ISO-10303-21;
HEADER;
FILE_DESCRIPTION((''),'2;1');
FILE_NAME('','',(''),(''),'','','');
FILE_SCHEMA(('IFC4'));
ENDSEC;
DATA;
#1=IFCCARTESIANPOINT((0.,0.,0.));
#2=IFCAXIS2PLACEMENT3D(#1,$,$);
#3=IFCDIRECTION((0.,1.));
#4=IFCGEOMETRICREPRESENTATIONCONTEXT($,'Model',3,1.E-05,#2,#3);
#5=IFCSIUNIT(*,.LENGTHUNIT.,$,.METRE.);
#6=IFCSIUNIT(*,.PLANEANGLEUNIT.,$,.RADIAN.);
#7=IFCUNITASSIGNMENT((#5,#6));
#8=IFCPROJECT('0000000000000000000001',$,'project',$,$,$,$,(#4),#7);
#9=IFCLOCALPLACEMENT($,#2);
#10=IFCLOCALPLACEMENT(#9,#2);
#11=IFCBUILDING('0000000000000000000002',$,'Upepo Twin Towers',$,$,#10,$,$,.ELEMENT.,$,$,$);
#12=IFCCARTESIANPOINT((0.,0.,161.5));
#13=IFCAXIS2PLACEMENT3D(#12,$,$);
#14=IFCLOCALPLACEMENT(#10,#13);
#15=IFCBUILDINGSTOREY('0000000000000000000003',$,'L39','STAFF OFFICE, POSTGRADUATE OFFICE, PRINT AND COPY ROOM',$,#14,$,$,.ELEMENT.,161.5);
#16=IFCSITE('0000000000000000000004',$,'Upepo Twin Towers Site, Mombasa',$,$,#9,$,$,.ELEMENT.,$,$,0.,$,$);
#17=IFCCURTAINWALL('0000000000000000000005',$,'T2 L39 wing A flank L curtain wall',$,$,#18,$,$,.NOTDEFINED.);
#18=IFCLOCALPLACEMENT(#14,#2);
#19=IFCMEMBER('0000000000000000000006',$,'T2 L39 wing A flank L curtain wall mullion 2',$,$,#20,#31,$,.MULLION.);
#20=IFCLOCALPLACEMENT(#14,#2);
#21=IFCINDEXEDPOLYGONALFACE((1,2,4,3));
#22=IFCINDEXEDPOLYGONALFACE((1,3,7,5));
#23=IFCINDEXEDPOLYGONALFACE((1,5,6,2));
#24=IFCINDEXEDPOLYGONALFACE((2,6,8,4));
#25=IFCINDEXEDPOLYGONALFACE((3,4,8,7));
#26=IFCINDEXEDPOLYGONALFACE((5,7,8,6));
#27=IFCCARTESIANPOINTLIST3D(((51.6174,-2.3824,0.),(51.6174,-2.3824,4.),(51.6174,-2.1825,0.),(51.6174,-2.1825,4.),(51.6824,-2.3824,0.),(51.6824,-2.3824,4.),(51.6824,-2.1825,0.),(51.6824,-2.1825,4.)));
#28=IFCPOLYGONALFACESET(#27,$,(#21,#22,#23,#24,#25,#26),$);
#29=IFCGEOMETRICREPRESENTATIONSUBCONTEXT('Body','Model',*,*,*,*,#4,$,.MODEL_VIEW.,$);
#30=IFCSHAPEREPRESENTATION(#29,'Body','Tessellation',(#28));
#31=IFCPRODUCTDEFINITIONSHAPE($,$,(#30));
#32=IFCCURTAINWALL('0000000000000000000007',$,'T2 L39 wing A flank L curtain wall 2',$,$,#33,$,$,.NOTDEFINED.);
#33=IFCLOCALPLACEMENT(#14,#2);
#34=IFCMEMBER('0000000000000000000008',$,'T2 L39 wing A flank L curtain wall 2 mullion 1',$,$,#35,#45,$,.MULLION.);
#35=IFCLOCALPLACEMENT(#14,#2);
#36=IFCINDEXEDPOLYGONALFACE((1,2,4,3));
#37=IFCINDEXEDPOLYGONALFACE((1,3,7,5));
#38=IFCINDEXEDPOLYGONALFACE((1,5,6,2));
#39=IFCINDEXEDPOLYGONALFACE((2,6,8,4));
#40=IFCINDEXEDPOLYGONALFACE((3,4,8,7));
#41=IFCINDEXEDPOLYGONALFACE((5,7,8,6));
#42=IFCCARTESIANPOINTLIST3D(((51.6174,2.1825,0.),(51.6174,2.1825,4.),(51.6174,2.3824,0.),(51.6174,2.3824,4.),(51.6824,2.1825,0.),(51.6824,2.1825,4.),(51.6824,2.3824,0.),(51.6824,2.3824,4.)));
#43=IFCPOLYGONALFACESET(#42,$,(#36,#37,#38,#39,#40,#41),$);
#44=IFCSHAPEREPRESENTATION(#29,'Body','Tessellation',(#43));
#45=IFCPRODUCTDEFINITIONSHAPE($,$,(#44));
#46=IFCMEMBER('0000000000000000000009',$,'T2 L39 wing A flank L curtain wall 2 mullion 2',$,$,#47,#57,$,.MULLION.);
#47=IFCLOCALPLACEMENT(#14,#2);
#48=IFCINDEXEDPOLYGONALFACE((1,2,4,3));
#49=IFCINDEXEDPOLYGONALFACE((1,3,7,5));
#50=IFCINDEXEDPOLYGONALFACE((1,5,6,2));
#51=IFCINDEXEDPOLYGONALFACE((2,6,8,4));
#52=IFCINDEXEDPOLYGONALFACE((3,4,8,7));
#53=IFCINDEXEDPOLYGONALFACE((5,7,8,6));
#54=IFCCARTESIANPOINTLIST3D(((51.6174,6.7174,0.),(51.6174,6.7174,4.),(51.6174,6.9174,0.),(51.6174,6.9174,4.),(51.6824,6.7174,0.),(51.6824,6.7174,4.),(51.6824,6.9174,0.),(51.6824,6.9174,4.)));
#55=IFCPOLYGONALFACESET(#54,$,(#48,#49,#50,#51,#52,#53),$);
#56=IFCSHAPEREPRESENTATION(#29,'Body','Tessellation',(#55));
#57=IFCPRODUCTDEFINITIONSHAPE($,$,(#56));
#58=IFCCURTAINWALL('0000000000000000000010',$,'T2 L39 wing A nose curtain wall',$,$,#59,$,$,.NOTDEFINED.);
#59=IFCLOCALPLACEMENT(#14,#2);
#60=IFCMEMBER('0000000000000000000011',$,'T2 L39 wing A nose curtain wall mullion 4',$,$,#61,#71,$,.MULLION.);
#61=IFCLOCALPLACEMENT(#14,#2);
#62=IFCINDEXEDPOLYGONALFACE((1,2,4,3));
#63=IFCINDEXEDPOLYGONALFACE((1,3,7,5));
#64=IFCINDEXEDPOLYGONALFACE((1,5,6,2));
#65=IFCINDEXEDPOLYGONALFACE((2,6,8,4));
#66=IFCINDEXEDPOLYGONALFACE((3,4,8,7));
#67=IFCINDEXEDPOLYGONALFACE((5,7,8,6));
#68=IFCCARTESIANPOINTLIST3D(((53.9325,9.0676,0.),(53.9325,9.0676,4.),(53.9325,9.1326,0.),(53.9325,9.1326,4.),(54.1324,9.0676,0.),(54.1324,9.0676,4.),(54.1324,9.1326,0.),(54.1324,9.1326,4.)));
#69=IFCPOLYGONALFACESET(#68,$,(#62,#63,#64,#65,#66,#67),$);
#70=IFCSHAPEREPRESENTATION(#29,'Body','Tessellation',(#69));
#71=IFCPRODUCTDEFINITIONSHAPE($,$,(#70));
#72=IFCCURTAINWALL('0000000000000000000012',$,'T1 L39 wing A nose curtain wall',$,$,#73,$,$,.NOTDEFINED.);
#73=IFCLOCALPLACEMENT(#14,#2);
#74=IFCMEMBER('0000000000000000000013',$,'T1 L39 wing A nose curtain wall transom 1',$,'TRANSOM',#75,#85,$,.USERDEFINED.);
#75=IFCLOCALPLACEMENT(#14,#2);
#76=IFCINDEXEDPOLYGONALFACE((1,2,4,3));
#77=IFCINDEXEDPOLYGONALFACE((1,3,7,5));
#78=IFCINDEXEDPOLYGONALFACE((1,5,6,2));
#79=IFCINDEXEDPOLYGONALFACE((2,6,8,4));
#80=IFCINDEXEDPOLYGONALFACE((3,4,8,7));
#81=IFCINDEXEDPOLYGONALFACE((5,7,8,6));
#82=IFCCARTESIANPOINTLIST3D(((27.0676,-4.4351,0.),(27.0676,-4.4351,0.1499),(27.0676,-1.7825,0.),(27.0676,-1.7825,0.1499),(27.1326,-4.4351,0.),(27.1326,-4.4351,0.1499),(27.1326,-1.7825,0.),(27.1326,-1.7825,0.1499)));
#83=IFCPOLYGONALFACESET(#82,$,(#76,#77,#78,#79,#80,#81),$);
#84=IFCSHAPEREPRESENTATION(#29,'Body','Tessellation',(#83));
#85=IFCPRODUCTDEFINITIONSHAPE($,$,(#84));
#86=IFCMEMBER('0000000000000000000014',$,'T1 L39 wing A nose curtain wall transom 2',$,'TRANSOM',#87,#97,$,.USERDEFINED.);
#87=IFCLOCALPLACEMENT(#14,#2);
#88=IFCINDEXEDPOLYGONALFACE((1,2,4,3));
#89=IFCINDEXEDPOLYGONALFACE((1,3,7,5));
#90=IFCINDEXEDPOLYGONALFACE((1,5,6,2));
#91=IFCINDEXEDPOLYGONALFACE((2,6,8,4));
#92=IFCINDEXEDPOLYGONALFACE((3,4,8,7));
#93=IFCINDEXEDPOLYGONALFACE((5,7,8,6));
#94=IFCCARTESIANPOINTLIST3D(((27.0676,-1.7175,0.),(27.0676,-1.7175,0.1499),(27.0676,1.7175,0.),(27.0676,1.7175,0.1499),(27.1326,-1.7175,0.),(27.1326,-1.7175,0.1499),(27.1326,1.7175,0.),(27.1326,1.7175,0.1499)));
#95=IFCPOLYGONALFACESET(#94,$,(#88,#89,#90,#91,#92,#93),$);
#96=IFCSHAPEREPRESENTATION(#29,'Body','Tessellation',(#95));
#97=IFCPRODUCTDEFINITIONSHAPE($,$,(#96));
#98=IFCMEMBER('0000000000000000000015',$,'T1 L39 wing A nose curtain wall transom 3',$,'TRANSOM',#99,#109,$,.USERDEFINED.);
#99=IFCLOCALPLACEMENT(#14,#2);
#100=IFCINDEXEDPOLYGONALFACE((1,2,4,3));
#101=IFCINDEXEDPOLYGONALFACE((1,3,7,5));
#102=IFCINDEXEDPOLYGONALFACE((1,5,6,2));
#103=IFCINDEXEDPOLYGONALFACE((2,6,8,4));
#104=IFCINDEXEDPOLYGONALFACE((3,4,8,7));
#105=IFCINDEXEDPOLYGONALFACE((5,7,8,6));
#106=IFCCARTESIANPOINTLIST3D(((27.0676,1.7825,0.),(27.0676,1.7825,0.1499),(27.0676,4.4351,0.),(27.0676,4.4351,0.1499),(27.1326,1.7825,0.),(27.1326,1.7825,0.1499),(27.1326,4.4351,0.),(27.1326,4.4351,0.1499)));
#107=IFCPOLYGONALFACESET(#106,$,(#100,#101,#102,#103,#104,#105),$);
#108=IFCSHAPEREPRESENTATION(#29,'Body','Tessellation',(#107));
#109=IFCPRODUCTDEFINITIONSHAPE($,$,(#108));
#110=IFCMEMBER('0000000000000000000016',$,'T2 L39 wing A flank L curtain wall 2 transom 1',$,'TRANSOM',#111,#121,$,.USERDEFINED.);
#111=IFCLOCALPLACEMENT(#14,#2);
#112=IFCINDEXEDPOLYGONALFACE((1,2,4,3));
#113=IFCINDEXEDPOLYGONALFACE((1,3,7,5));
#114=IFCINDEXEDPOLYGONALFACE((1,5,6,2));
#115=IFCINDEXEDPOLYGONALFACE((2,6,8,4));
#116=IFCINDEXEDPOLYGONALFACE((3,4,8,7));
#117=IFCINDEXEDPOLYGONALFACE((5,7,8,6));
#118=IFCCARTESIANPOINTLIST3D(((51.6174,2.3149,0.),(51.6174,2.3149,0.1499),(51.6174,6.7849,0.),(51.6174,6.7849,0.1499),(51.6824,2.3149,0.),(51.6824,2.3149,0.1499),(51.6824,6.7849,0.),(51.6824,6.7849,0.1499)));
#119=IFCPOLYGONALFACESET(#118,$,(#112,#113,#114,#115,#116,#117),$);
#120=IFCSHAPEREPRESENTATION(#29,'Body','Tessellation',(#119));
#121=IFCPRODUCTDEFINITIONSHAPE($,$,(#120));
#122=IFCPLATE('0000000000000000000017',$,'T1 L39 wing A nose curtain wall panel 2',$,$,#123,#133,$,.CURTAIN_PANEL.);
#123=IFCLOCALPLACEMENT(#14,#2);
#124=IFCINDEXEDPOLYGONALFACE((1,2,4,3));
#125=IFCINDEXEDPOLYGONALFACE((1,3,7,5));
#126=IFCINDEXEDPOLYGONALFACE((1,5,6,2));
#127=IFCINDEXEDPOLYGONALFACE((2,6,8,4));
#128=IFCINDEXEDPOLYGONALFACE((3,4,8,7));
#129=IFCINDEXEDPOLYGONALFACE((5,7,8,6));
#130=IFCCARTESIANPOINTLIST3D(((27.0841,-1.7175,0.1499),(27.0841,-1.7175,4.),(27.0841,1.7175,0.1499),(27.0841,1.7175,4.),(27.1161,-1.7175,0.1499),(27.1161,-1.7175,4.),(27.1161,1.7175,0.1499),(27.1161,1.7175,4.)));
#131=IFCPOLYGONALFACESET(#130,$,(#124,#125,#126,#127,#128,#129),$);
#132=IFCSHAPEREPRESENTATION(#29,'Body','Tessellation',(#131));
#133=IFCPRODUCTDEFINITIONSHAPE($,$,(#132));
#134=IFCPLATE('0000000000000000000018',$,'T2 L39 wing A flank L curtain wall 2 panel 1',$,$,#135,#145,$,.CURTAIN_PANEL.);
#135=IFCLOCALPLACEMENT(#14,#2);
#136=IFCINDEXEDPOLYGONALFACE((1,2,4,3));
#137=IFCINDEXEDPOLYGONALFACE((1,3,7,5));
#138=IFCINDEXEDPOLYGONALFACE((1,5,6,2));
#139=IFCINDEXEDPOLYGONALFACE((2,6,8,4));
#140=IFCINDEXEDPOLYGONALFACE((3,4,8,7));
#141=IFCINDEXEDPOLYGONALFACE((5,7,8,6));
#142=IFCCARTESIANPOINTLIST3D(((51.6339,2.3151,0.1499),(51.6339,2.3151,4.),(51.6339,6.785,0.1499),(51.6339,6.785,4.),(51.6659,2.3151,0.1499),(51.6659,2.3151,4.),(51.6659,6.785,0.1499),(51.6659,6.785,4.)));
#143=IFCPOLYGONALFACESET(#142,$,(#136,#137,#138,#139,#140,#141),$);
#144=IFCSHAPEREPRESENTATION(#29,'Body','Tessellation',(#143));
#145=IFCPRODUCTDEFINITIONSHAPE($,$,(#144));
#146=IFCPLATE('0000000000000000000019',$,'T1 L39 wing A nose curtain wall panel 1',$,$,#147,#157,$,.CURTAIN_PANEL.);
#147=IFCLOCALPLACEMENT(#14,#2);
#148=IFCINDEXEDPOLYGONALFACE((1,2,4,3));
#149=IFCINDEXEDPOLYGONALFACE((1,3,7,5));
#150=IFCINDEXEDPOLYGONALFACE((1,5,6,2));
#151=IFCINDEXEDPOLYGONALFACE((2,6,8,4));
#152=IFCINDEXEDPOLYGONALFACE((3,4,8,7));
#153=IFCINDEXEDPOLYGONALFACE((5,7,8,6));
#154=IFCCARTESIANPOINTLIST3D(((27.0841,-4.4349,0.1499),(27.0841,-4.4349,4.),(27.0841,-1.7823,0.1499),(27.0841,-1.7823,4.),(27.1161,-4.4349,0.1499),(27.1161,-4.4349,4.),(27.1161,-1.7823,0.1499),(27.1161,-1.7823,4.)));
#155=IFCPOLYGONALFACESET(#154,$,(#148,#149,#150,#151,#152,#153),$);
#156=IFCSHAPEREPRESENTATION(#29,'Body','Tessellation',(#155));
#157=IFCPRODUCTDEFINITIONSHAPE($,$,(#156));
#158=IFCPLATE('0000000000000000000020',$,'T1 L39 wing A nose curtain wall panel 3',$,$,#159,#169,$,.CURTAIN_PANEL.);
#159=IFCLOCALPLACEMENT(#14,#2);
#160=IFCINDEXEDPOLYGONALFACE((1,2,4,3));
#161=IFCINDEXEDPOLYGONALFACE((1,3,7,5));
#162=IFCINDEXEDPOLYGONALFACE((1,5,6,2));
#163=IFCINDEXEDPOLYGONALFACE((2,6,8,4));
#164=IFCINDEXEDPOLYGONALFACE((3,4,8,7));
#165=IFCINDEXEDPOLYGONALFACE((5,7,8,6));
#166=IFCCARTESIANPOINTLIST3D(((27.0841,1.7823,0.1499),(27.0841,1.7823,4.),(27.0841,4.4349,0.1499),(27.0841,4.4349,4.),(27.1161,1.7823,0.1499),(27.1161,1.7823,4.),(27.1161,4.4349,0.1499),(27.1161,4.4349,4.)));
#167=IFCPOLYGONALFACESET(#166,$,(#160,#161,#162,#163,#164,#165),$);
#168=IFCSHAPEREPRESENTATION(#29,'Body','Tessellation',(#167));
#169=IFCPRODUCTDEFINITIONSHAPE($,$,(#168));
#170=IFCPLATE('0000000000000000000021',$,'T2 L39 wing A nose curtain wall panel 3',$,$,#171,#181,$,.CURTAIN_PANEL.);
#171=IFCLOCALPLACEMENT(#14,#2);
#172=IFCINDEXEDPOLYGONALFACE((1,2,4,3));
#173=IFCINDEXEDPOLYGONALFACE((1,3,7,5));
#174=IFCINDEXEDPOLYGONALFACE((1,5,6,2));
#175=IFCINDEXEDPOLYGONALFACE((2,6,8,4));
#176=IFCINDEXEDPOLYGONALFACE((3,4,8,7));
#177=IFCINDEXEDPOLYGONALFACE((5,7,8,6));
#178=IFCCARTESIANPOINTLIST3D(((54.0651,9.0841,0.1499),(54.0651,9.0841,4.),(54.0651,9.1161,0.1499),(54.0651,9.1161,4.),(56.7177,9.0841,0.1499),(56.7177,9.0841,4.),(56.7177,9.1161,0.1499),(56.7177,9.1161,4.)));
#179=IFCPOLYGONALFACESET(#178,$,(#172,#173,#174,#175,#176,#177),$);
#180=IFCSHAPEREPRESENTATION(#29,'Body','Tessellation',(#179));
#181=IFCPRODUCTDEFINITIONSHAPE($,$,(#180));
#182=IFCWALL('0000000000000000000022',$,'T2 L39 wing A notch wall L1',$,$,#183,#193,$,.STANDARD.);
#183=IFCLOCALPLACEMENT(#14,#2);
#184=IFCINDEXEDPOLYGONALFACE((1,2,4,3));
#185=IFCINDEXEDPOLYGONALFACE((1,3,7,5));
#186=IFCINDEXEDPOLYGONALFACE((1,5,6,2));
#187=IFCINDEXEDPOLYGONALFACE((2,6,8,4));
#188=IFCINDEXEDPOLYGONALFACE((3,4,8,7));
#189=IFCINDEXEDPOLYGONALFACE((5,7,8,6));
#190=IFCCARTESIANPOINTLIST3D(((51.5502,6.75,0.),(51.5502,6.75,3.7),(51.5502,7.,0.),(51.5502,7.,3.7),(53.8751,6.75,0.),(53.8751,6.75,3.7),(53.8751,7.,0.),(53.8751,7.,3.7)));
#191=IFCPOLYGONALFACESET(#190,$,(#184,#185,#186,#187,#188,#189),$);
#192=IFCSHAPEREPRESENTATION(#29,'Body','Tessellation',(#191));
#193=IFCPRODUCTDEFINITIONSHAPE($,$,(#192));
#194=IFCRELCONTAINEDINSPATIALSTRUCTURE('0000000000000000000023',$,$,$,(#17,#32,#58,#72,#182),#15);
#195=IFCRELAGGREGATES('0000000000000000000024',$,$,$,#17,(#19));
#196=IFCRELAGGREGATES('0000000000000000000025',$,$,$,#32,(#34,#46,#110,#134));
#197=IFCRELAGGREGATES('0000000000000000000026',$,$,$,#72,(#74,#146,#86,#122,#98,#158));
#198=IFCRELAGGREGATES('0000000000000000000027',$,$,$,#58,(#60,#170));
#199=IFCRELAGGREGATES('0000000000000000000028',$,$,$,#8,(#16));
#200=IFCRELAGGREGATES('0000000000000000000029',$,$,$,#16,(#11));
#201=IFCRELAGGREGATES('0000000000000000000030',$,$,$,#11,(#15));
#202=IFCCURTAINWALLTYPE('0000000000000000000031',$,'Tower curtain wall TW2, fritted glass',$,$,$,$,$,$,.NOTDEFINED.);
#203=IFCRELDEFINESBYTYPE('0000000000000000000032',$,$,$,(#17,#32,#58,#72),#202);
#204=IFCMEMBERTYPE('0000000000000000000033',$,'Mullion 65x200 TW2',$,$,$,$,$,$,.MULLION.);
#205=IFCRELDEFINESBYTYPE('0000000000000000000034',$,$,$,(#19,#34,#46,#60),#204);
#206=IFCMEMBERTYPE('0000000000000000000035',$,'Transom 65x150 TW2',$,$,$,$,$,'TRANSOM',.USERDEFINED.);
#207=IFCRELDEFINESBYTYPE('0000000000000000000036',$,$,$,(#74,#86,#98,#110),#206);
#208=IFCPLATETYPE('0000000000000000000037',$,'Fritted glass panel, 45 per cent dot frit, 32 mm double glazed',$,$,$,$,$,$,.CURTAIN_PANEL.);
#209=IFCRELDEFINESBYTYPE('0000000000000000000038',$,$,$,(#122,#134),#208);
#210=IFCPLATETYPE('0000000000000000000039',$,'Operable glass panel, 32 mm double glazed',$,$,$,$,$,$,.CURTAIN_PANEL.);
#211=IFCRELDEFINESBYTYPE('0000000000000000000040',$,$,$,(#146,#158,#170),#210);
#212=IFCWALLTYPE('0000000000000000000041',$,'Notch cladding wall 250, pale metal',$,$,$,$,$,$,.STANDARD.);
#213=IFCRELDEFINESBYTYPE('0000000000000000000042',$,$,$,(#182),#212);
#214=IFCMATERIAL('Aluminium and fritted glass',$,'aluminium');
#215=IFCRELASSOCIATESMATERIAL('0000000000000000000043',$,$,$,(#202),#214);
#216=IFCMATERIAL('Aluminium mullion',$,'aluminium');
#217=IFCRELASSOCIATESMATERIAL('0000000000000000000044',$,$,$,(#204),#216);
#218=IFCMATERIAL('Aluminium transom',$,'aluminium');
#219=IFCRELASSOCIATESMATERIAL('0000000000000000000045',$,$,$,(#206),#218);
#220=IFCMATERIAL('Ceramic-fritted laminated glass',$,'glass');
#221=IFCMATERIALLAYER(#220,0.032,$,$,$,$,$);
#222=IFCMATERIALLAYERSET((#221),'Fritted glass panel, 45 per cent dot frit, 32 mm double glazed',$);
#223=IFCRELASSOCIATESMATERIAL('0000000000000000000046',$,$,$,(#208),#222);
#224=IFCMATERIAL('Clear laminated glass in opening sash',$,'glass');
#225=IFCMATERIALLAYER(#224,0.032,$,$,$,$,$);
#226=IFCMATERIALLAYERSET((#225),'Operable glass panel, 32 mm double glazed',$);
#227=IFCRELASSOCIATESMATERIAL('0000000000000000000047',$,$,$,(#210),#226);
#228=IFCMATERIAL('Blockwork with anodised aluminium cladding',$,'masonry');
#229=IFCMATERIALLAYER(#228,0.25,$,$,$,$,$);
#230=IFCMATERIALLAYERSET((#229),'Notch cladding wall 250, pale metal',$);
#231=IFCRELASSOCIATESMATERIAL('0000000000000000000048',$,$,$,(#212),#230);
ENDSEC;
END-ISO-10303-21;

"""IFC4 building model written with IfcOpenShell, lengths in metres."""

from ifc_helpers import new_model, si_unit, direction, frame, frame_2d, origin, origin_2d, place, context, subcontext, project, spatial, rectangle, extrude, material, layer, layer_set, material_profile, profile_set, type_object, element, aggregate, save


model = new_model("IFC4")

# Units and contexts
model_context = context("Model", 3, precision=1e-05, world=origin(), true_north=direction((0.0, 1.0)))
body_context = subcontext(model_context, "Body", "Model", "MODEL_VIEW")
ifc_project = project(units=[si_unit("LENGTHUNIT", "METRE"), si_unit("PLANEANGLEUNIT", "RADIAN")], contexts=[model_context])

# Site, building, storey
site_placement = place(None, origin())
site = spatial("IfcSite", under=ifc_project, at=site_placement, Name="Upepo Twin Towers Site, Mombasa", CompositionType="ELEMENT", RefElevation=0.0)
building_placement = place(site_placement, origin())
building = spatial("IfcBuilding", under=site, at=building_placement, Name="Upepo Twin Towers", CompositionType="ELEMENT")
storey_placement = place(building_placement, frame((0.0, 0.0, 161.5)))
storey = spatial("IfcBuildingStorey", under=building, at=storey_placement, Name="L39", Description="STAFF OFFICE, POSTGRADUATE OFFICE, PRINT AND COPY ROOM", CompositionType="ELEMENT", Elevation=161.5)

# Curtain wall, member
ifc_material_1 = material(Name="Aluminium and fritted glass", Category="aluminium")
curtain_wall_type = type_object("IfcCurtainWallType", Name="Tower curtain wall TW2, fritted glass", PredefinedType="NOTDEFINED", material=ifc_material_1)
curtain_wall_1_placement = place(storey_placement, origin())
curtain_wall_1 = element("IfcCurtainWall", 1, at=curtain_wall_1_placement, inside=storey, type_object=curtain_wall_type, Name="T2 L39 wing A flank L curtain wall", PredefinedType="NOTDEFINED")
ifc_material_2 = material(Name="Aluminium mullion", Category="aluminium")
ifc_material_profile_1 = material_profile(ifc_material_2, rectangle(XDim=0.0649, YDim=0.2, at=origin_2d()), Name="MULLION 65x200")
ifc_profile_set_1 = profile_set([ifc_material_profile_1], Name="Aluminium mullion")
member_type_1 = type_object("IfcMemberType", Name="Mullion 65x200 TW2", PredefinedType="MULLION", material=ifc_profile_set_1)
member_1_placement = place(storey_placement, frame((51.6499, -2.2825, 0.0), z_axis=(0.0, 0.0, 1.0), x_axis=(-1.0, 0.0, 0.0)))
member_1 = element("IfcMember", 2, at=member_1_placement, type_object=member_type_1, Name="T2 L39 wing A flank L curtain wall mullion 2", PredefinedType="MULLION", context=body_context, shape_type="SweptSolid", body=[
    extrude(rectangle(XDim=0.0649, YDim=0.2, at=origin_2d()), origin(), (0.0, 0.0, 1.0), 4.0),
])
aggregate(curtain_wall_1, [member_1])

# Curtain wall, members
curtain_wall_2_placement = place(storey_placement, origin())
curtain_wall_2 = element("IfcCurtainWall", 3, at=curtain_wall_2_placement, inside=storey, type_object=curtain_wall_type, Name="T2 L39 wing A flank L curtain wall 2", PredefinedType="NOTDEFINED")
member_2_placement = place(storey_placement, frame((51.6499, 2.2825, 0.0), z_axis=(0.0, 0.0, 1.0), x_axis=(-1.0, 0.0, 0.0)))
member_2 = element("IfcMember", 4, at=member_2_placement, type_object=member_type_1, Name="T2 L39 wing A flank L curtain wall 2 mullion 1", PredefinedType="MULLION", context=body_context, shape_type="SweptSolid", body=[
    extrude(rectangle(XDim=0.0649, YDim=0.2, at=origin_2d()), origin(), (0.0, 0.0, 1.0), 4.0),
])
member_3_placement = place(storey_placement, frame((51.6499, 6.8174, 0.0), z_axis=(0.0, 0.0, 1.0), x_axis=(-1.0, 0.0, 0.0)))
member_3 = element("IfcMember", 5, at=member_3_placement, type_object=member_type_1, Name="T2 L39 wing A flank L curtain wall 2 mullion 2", PredefinedType="MULLION", context=body_context, shape_type="SweptSolid", body=[
    extrude(rectangle(XDim=0.0649, YDim=0.2, at=origin_2d()), origin(), (0.0, 0.0, 1.0), 4.0),
])

# Curtain wall, member
curtain_wall_3_placement = place(storey_placement, origin())
curtain_wall_3 = element("IfcCurtainWall", 6, at=curtain_wall_3_placement, inside=storey, type_object=curtain_wall_type, Name="T2 L39 wing A nose curtain wall", PredefinedType="NOTDEFINED")
member_4_placement = place(storey_placement, frame((54.0325, 9.1001, 0.0), z_axis=(0.0, 0.0, 1.0), x_axis=(0.0, -1.0, 0.0)))
member_4 = element("IfcMember", 7, at=member_4_placement, type_object=member_type_1, Name="T2 L39 wing A nose curtain wall mullion 4", PredefinedType="MULLION", context=body_context, shape_type="SweptSolid", body=[
    extrude(rectangle(XDim=0.0649, YDim=0.2, at=origin_2d()), origin(), (0.0, 0.0, 1.0), 4.0),
])

# Curtain wall, members
curtain_wall_4_placement = place(storey_placement, origin())
curtain_wall_4 = element("IfcCurtainWall", 8, at=curtain_wall_4_placement, inside=storey, type_object=curtain_wall_type, Name="T1 L39 wing A nose curtain wall", PredefinedType="NOTDEFINED")
ifc_material_3 = material(Name="Aluminium transom", Category="aluminium")
ifc_material_profile_2 = material_profile(ifc_material_3, rectangle(XDim=0.0649, YDim=0.1499, at=origin_2d()), Name="TRANSOM 65x150")
ifc_profile_set_2 = profile_set([ifc_material_profile_2], Name="Aluminium transom")
member_type_2 = type_object("IfcMemberType", Name="Transom 65x150 TW2", ElementType="TRANSOM", PredefinedType="USERDEFINED", material=ifc_profile_set_2)
member_5_placement = place(storey_placement, frame((27.1001, -4.4351, 0.075), z_axis=(0.0, 1.0, 0.0), x_axis=(-1.0, 0.0, 0.0)))
member_5 = element("IfcMember", 9, at=member_5_placement, type_object=member_type_2, Name="T1 L39 wing A nose curtain wall transom 1", ObjectType="TRANSOM", PredefinedType="USERDEFINED", context=body_context, shape_type="SweptSolid", body=[
    extrude(rectangle(XDim=0.0649, YDim=0.1499, at=origin_2d()), origin(), (0.0, 0.0, 1.0), 2.6526),
])
member_6_placement = place(storey_placement, frame((27.1001, -1.7175, 0.075), z_axis=(0.0, 1.0, 0.0), x_axis=(-1.0, 0.0, 0.0)))
member_6 = element("IfcMember", 10, at=member_6_placement, type_object=member_type_2, Name="T1 L39 wing A nose curtain wall transom 2", ObjectType="TRANSOM", PredefinedType="USERDEFINED", context=body_context, shape_type="SweptSolid", body=[
    extrude(rectangle(XDim=0.0649, YDim=0.1499, at=origin_2d()), origin(), (0.0, 0.0, 1.0), 3.4351),
])
member_7_placement = place(storey_placement, frame((27.1001, 1.7825, 0.075), z_axis=(0.0, 1.0, 0.0), x_axis=(-1.0, 0.0, 0.0)))
member_7 = element("IfcMember", 11, at=member_7_placement, type_object=member_type_2, Name="T1 L39 wing A nose curtain wall transom 3", ObjectType="TRANSOM", PredefinedType="USERDEFINED", context=body_context, shape_type="SweptSolid", body=[
    extrude(rectangle(XDim=0.0649, YDim=0.1499, at=origin_2d()), origin(), (0.0, 0.0, 1.0), 2.6526),
])

# Member
member_8_placement = place(storey_placement, frame((51.6499, 2.3149, 0.075), z_axis=(0.0, 1.0, 0.0), x_axis=(-1.0, 0.0, 0.0)))
member_8 = element("IfcMember", 12, at=member_8_placement, type_object=member_type_2, Name="T2 L39 wing A flank L curtain wall 2 transom 1", ObjectType="TRANSOM", PredefinedType="USERDEFINED", context=body_context, shape_type="SweptSolid", body=[
    extrude(rectangle(XDim=0.0649, YDim=0.1499, at=origin_2d()), origin(), (0.0, 0.0, 1.0), 4.47),
])

# Plates
ifc_material_4 = material(Name="Ceramic-fritted laminated glass", Category="glass")
ifc_layer_1 = layer(ifc_material_4, 0.032)
ifc_layer_set_1 = layer_set([ifc_layer_1], Name="Fritted glass panel, 45 per cent dot frit, 32 mm double glazed")
plate_type_1 = type_object("IfcPlateType", Name="Fritted glass panel, 45 per cent dot frit, 32 mm double glazed", PredefinedType="CURTAIN_PANEL", material=ifc_layer_set_1)
plate_1_placement = place(storey_placement, frame((27.1001, 0.0, 0.1499), z_axis=(0.0, 0.0, 1.0), x_axis=(0.0, 1.0, 0.0)))
plate_1 = element("IfcPlate", 13, at=plate_1_placement, type_object=plate_type_1, Name="T1 L39 wing A nose curtain wall panel 2", PredefinedType="CURTAIN_PANEL", context=body_context, shape_type="SweptSolid", body=[
    extrude(rectangle(XDim=3.4351, YDim=0.032, at=origin_2d()), origin(), (0.0, 0.0, 1.0), 3.8501),
])
plate_2_placement = place(storey_placement, frame((51.6499, 4.55, 0.1499), z_axis=(0.0, 0.0, 1.0), x_axis=(0.0, 1.0, 0.0)))
plate_2 = element("IfcPlate", 14, at=plate_2_placement, type_object=plate_type_1, Name="T2 L39 wing A flank L curtain wall 2 panel 1", PredefinedType="CURTAIN_PANEL", context=body_context, shape_type="SweptSolid", body=[
    extrude(rectangle(XDim=4.47, YDim=0.032, at=origin_2d()), origin(), (0.0, 0.0, 1.0), 3.8501),
])
aggregate(curtain_wall_2, [member_2, member_3, member_8, plate_2])
ifc_material_5 = material(Name="Clear laminated glass in opening sash", Category="glass")
ifc_layer_2 = layer(ifc_material_5, 0.032)
ifc_layer_set_2 = layer_set([ifc_layer_2], Name="Operable glass panel, 32 mm double glazed")
plate_type_2 = type_object("IfcPlateType", Name="Operable glass panel, 32 mm double glazed", PredefinedType="CURTAIN_PANEL", material=ifc_layer_set_2)
plate_3_placement = place(storey_placement, frame((27.1001, -3.1086, 0.1499), z_axis=(0.0, 0.0, 1.0), x_axis=(0.0, 1.0, 0.0)))
plate_3 = element("IfcPlate", 15, at=plate_3_placement, type_object=plate_type_2, Name="T1 L39 wing A nose curtain wall panel 1", PredefinedType="CURTAIN_PANEL", context=body_context, shape_type="SweptSolid", body=[
    extrude(rectangle(XDim=2.6526, YDim=0.032, at=origin_2d()), origin(), (0.0, 0.0, 1.0), 3.8501),
])
plate_4_placement = place(storey_placement, frame((27.1001, 3.1086, 0.1499), z_axis=(0.0, 0.0, 1.0), x_axis=(0.0, 1.0, 0.0)))
plate_4 = element("IfcPlate", 16, at=plate_4_placement, type_object=plate_type_2, Name="T1 L39 wing A nose curtain wall panel 3", PredefinedType="CURTAIN_PANEL", context=body_context, shape_type="SweptSolid", body=[
    extrude(rectangle(XDim=2.6526, YDim=0.032, at=origin_2d()), origin(), (0.0, 0.0, 1.0), 3.8501),
])
aggregate(curtain_wall_4, [member_5, plate_3, member_6, plate_1, member_7, plate_4])
plate_5_placement = place(storey_placement, frame((55.3914, 9.1001, 0.1499), z_axis=(0.0, 0.0, 1.0), x_axis=(-1.0, 0.0, 0.0)))
plate_5 = element("IfcPlate", 17, at=plate_5_placement, type_object=plate_type_2, Name="T2 L39 wing A nose curtain wall panel 3", PredefinedType="CURTAIN_PANEL", context=body_context, shape_type="SweptSolid", body=[
    extrude(rectangle(XDim=2.6526, YDim=0.032, at=origin_2d()), origin(), (0.0, 0.0, 1.0), 3.8501),
])
aggregate(curtain_wall_3, [member_4, plate_5])

# Wall
ifc_material_6 = material(Name="Blockwork with anodised aluminium cladding", Category="masonry")
ifc_layer_3 = layer(ifc_material_6, 0.25)
ifc_layer_set_3 = layer_set([ifc_layer_3], Name="Notch cladding wall 250, pale metal")
wall_type_1 = type_object("IfcWallType", Name="Notch cladding wall 250, pale metal", PredefinedType="STANDARD", material=ifc_layer_set_3)
for number, where, z_axis, x_axis, name in (
    (18, (51.55, 6.875, 0.0), (0.0, 0.0, 1.0), (1.0, 0.0, 0.0), "T2 L39 wing A notch wall L1"),
):
    element("IfcWall", number, at=place(storey_placement, frame(where, z_axis=z_axis, x_axis=x_axis)), inside=storey, type_object=wall_type_1, Name=name, PredefinedType="STANDARD", context=body_context, shape_type="SweptSolid", body=[
        extrude(rectangle(XDim=2.325, YDim=0.25, at=frame_2d((1.1626, 0.0))), origin(), (0.0, 0.0, 1.0), 3.7),
    ])

save(model, "model.ifc")
